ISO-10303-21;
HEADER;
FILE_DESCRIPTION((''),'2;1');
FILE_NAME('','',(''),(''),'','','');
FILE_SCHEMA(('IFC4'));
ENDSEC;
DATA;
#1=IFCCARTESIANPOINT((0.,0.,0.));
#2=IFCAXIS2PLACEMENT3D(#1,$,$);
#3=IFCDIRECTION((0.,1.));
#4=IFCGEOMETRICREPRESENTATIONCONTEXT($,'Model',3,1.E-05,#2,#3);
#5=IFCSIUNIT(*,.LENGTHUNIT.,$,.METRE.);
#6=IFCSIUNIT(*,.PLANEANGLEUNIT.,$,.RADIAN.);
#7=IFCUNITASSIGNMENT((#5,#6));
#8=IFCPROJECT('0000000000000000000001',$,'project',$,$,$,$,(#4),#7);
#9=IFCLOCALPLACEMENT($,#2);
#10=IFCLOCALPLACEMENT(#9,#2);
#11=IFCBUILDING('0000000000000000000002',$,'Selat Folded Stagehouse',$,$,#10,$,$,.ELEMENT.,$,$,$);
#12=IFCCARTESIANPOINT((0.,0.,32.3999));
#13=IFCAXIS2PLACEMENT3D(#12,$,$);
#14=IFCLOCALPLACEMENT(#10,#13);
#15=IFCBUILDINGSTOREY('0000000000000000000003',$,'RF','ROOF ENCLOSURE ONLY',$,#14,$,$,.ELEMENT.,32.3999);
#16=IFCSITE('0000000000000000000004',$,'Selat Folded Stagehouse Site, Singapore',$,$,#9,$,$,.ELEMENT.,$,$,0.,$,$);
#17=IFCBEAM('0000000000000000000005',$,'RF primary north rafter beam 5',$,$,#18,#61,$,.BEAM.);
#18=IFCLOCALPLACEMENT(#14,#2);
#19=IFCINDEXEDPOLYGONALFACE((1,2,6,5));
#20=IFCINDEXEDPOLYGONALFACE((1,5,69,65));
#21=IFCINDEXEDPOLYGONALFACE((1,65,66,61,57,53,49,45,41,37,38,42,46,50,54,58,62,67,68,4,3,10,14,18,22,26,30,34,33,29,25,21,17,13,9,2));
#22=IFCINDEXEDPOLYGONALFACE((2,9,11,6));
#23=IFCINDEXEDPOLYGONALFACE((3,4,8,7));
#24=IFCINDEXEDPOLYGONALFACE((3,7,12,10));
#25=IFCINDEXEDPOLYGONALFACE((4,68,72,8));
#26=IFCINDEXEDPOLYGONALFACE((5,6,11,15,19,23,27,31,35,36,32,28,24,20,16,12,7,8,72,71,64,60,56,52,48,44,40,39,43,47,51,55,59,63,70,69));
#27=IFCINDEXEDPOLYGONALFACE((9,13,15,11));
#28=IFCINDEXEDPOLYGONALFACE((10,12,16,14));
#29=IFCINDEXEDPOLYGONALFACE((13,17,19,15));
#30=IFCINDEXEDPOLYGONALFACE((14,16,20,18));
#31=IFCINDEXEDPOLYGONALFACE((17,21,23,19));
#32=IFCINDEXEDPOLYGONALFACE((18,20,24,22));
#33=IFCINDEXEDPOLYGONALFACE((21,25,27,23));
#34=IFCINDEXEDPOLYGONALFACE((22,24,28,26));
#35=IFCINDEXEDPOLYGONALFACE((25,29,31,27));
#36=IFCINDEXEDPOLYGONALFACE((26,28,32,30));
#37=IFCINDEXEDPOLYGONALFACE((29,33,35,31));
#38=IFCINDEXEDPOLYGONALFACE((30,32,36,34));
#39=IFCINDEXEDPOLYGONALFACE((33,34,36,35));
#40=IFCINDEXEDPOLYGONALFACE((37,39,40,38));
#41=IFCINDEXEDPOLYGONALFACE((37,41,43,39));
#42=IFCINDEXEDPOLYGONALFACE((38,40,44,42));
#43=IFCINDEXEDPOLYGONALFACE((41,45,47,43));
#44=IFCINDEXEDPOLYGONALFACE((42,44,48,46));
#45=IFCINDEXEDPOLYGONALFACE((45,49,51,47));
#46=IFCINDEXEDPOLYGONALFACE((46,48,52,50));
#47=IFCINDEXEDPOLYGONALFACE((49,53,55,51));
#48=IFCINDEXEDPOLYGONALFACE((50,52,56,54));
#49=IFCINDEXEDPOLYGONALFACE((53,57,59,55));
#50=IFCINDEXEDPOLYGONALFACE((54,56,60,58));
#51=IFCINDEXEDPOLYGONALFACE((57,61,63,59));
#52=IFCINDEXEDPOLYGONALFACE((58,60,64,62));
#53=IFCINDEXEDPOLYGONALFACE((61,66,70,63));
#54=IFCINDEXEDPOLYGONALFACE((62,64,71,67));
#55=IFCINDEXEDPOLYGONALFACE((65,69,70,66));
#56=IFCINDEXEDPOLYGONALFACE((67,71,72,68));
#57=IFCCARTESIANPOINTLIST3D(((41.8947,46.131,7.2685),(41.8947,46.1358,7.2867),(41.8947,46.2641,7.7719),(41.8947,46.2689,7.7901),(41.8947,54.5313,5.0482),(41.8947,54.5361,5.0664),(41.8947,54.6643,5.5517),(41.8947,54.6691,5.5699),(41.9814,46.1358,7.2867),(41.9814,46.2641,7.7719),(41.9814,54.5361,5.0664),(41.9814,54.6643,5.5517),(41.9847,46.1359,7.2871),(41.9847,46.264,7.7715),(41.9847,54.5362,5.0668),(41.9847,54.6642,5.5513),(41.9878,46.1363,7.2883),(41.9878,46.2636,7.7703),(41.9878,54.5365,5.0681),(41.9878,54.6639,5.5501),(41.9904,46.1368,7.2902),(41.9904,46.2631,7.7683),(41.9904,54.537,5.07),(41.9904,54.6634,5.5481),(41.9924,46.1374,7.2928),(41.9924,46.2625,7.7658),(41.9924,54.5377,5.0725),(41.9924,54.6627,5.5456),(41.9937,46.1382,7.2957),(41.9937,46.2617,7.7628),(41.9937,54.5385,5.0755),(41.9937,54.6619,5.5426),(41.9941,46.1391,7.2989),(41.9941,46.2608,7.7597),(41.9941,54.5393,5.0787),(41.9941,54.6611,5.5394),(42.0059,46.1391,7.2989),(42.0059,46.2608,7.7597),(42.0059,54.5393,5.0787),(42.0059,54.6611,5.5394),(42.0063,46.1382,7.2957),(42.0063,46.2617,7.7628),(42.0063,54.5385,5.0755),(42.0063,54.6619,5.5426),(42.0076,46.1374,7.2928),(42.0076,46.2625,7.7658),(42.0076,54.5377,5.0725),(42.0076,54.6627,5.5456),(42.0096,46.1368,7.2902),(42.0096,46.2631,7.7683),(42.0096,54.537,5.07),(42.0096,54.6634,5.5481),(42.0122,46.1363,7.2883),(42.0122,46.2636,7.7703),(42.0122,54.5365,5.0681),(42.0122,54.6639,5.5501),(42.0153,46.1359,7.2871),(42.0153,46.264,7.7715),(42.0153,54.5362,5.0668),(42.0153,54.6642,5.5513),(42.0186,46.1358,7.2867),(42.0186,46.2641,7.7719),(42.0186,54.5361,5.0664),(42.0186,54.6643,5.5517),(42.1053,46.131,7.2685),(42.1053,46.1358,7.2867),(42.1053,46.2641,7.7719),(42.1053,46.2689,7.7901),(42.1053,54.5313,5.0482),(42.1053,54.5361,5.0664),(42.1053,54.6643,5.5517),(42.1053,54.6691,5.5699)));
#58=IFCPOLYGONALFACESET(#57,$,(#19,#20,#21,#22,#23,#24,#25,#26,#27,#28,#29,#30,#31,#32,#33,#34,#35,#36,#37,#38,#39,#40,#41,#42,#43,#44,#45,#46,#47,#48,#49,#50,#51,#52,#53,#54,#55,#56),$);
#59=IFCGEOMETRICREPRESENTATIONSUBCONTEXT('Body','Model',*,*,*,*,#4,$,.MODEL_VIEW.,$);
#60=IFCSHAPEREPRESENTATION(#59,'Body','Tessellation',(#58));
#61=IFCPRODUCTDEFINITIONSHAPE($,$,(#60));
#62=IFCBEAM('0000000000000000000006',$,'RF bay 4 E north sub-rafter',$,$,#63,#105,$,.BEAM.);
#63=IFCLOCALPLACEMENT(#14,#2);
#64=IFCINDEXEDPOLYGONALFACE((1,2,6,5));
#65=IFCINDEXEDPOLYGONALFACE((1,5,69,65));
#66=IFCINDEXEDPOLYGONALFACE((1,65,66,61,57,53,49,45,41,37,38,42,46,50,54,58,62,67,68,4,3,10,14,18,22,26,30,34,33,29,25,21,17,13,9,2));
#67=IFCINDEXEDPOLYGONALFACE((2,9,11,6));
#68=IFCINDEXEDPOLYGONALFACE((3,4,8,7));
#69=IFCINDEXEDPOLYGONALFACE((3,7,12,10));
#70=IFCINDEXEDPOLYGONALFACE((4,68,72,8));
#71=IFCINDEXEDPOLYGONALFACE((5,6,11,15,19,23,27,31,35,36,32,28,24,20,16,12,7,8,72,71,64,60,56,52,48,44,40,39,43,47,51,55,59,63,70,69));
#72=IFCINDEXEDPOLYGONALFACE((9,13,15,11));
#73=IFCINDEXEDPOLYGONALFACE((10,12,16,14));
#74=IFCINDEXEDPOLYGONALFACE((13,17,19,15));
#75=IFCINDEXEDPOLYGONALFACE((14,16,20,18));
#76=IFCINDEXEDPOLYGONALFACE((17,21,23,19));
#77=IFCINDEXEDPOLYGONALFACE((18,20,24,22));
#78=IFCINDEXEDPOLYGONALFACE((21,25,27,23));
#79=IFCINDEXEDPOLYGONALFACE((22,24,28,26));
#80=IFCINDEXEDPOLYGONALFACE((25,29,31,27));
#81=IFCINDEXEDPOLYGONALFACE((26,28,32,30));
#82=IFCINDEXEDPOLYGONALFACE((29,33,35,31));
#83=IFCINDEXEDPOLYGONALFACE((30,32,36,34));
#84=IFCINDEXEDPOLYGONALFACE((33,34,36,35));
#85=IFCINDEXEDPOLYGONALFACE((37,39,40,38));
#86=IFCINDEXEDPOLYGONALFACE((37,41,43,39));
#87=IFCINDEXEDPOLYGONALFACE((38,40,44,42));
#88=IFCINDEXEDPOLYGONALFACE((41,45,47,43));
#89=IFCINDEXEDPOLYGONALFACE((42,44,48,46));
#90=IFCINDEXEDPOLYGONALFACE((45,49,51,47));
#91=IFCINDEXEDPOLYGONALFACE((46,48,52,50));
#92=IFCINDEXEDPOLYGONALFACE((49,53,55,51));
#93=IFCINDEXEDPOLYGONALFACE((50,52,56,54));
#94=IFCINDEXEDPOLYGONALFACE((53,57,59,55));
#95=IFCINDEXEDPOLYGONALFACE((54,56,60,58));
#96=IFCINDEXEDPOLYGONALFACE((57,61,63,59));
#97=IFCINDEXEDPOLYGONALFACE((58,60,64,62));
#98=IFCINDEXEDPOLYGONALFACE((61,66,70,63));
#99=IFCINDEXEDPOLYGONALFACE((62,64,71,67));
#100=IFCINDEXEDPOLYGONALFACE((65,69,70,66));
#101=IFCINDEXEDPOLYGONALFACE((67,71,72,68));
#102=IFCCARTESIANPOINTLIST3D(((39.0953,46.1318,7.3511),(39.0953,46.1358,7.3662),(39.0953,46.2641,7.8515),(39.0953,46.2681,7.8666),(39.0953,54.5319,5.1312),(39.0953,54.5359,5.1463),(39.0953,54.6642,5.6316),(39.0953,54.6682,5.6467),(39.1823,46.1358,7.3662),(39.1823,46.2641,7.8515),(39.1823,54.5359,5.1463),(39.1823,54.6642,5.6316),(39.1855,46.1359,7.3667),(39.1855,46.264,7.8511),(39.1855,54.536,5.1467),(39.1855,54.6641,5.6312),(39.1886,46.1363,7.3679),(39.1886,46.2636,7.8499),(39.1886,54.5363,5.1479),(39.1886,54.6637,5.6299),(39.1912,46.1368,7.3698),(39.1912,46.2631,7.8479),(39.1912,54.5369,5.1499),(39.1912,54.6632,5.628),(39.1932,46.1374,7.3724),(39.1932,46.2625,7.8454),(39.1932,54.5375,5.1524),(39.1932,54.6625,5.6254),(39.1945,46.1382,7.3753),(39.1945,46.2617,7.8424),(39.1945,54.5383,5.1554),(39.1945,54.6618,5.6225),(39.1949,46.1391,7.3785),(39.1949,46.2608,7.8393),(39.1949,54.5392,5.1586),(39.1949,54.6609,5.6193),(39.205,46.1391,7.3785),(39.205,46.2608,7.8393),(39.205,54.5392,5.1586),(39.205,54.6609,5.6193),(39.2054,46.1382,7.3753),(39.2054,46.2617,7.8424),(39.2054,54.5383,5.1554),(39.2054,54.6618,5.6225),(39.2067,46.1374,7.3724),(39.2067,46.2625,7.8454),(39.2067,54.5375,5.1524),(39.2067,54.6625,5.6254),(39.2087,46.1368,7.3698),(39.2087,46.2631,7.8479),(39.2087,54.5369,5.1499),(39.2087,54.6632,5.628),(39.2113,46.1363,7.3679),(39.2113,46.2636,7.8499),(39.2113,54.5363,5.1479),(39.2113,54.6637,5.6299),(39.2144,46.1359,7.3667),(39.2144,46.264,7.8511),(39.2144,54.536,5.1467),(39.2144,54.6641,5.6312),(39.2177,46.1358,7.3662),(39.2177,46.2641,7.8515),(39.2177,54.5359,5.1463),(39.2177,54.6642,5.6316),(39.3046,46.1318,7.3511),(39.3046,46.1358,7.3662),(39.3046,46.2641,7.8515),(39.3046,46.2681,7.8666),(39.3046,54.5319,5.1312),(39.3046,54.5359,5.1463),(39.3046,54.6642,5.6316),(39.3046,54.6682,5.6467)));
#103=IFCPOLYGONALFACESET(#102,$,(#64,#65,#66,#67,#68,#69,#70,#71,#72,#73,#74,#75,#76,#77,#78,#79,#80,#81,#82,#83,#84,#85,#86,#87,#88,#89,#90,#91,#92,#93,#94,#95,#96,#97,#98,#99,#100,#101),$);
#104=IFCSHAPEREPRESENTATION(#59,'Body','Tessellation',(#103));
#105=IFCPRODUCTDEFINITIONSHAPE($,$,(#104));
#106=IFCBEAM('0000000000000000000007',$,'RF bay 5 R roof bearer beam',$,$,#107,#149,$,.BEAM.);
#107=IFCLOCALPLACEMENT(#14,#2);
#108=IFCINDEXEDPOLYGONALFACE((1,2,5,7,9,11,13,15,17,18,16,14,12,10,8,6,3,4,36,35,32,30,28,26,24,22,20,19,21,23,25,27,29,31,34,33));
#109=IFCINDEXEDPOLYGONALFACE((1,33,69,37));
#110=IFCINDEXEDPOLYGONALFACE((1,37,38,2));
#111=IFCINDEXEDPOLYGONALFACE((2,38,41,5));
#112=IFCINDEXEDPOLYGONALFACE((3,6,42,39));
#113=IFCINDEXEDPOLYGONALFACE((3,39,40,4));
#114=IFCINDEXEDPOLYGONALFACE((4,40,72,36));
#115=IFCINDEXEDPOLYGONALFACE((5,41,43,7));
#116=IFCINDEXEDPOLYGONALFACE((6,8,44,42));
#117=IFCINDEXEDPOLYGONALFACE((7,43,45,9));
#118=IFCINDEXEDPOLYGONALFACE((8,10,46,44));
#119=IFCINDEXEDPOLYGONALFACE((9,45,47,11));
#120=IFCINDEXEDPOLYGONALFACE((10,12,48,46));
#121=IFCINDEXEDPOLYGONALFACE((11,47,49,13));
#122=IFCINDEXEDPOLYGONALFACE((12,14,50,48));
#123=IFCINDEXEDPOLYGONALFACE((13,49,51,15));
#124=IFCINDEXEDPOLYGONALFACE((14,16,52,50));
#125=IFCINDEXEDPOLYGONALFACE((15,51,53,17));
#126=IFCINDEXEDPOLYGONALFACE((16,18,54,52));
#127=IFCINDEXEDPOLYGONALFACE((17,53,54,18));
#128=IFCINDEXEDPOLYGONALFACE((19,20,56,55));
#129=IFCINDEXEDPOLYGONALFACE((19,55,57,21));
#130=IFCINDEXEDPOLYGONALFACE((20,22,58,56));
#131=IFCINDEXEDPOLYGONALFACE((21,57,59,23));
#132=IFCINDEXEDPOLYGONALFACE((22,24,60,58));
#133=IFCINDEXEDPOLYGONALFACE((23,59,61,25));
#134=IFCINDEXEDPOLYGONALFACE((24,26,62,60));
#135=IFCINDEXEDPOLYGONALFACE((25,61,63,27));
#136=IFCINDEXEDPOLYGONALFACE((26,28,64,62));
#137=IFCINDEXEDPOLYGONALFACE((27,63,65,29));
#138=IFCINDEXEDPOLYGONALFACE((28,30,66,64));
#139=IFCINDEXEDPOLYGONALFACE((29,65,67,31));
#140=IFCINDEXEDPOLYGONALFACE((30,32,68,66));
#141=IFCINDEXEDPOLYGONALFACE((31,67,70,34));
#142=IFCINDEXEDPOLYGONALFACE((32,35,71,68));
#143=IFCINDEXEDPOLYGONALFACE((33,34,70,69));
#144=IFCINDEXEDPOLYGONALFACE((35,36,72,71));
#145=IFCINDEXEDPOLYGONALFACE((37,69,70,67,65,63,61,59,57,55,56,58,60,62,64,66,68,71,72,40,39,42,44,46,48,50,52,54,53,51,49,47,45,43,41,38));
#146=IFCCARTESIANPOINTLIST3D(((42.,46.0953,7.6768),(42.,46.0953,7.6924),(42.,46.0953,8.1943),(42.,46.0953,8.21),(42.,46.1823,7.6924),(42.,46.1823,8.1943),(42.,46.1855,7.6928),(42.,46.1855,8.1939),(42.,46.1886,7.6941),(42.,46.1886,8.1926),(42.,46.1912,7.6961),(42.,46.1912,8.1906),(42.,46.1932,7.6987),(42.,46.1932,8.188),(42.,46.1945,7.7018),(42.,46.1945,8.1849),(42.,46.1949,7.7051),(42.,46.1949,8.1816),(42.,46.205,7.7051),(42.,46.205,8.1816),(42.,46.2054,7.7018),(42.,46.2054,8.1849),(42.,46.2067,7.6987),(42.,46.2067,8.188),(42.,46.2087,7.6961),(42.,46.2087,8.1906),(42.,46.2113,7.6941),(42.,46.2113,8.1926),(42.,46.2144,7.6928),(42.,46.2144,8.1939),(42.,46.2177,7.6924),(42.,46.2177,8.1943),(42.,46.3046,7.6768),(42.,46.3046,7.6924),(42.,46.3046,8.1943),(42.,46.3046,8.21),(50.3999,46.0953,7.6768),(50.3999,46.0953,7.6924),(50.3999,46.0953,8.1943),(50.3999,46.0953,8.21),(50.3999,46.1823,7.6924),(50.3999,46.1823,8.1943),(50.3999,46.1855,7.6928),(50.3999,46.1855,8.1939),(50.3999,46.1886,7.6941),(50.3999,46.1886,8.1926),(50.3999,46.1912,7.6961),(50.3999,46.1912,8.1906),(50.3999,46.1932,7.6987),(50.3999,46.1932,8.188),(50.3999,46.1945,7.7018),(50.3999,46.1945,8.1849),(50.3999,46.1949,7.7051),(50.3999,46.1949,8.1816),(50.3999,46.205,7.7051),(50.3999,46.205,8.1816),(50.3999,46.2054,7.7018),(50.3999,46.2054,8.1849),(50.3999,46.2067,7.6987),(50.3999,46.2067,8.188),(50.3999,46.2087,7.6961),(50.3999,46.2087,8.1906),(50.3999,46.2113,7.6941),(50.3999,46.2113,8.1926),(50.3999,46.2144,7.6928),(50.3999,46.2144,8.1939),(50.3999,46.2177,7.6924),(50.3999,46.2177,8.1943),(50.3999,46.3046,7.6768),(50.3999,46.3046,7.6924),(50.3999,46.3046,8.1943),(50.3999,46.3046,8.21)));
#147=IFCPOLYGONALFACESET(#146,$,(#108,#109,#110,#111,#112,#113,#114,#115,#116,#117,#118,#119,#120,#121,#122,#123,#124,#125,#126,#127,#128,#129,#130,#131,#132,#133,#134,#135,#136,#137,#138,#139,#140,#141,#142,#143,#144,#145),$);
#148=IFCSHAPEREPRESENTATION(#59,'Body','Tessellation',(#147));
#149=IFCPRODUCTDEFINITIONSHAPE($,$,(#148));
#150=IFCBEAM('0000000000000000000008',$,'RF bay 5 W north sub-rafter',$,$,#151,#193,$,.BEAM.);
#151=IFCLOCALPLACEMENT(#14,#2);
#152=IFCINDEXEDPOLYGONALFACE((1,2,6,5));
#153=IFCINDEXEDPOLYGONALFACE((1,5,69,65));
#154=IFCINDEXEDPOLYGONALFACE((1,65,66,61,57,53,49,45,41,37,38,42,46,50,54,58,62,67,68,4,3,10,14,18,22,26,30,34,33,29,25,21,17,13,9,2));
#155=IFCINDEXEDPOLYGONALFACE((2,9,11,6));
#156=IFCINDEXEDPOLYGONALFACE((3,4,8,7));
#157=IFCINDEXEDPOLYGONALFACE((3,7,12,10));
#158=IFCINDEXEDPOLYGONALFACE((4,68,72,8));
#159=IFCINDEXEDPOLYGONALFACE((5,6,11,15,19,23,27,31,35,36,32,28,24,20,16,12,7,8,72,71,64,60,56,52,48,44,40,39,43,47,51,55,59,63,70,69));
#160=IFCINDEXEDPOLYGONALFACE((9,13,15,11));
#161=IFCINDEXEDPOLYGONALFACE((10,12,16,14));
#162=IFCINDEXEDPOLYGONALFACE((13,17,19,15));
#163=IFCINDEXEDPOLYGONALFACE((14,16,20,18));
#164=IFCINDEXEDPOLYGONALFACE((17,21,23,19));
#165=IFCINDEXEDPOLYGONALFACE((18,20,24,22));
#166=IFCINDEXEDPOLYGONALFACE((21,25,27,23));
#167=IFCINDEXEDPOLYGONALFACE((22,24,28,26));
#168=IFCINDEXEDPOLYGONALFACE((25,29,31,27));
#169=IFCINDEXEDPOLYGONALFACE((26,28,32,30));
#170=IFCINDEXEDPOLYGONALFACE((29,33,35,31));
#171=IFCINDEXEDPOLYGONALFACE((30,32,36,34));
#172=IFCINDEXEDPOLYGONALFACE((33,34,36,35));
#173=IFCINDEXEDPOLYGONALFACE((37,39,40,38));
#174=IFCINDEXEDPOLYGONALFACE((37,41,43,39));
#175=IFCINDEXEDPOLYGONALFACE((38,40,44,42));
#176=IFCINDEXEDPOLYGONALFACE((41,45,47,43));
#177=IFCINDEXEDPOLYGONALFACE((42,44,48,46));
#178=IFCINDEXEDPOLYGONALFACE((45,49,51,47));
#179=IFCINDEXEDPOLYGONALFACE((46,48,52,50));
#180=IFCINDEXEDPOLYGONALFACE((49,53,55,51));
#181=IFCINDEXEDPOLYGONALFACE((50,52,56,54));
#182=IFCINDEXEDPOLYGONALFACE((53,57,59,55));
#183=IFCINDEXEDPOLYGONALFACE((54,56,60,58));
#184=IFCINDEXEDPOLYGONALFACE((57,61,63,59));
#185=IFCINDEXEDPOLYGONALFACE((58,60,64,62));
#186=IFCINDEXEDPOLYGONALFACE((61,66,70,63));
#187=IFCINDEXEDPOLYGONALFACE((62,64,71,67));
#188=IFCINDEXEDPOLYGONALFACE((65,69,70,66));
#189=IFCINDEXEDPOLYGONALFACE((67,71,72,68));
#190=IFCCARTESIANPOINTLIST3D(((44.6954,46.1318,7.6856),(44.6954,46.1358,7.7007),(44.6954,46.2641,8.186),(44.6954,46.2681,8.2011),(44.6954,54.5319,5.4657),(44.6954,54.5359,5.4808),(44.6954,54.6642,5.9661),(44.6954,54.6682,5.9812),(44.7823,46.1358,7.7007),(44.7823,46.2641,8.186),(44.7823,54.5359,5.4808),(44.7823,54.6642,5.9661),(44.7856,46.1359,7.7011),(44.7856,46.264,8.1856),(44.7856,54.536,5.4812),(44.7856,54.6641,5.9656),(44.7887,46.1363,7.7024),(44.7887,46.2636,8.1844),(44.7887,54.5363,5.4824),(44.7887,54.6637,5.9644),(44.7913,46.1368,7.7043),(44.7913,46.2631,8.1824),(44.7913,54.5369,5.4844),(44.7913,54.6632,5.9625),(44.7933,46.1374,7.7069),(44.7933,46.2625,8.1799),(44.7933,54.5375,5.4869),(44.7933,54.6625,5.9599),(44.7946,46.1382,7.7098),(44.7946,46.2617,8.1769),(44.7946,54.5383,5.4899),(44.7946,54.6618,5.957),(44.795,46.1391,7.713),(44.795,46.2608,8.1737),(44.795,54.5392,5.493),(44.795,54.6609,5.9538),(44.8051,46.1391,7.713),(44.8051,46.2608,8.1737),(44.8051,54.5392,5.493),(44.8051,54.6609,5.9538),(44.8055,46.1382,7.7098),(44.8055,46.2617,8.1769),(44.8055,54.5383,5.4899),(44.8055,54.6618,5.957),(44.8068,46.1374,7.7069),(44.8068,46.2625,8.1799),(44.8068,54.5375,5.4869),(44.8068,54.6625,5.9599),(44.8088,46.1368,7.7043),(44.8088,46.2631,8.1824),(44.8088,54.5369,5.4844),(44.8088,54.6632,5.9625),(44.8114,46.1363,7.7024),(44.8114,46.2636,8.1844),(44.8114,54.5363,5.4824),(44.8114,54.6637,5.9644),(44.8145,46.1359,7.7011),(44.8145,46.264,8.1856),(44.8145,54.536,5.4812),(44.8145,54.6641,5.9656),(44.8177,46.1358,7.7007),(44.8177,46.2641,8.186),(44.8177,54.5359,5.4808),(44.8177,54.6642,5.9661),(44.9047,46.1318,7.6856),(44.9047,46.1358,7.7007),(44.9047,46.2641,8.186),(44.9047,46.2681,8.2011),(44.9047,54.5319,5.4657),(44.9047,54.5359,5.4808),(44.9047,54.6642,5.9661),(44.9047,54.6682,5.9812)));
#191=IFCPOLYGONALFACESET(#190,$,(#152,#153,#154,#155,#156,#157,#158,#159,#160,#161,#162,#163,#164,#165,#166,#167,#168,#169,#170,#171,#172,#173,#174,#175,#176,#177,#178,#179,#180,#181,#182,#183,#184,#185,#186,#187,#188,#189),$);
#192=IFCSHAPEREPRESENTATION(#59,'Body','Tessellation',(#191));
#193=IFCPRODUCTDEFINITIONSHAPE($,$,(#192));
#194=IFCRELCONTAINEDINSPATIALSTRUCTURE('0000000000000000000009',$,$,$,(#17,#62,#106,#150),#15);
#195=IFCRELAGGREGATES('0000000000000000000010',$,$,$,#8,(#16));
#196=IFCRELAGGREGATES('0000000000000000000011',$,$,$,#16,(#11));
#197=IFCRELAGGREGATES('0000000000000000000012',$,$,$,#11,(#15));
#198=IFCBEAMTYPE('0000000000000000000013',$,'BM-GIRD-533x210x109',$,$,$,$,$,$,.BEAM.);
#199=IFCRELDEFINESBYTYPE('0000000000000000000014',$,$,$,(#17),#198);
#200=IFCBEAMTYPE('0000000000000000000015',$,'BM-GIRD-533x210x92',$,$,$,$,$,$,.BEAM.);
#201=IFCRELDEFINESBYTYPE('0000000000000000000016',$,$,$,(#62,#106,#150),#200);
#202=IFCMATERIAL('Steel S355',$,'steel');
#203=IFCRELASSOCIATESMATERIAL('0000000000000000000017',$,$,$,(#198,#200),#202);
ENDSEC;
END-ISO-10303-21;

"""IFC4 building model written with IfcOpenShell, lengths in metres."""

from ifc_helpers import new_model, si_unit, direction, frame, origin, origin_2d, place, context, subcontext, project, spatial, i_section, extrude, material, material_profile, profile_set, type_object, element, save


model = new_model("IFC4")

# Units and contexts
model_context = context("Model", 3, precision=1e-05, world=origin(), true_north=direction((0.0, 1.0)))
body_context = subcontext(model_context, "Body", "Model", "MODEL_VIEW")
ifc_project = project(units=[si_unit("LENGTHUNIT", "METRE"), si_unit("PLANEANGLEUNIT", "RADIAN")], contexts=[model_context])

# Site, building, storey
site_placement = place(None, origin())
site = spatial("IfcSite", under=ifc_project, at=site_placement, Name="Selat Folded Stagehouse Site, Singapore", CompositionType="ELEMENT", RefElevation=0.0)
building_placement = place(site_placement, origin())
building = spatial("IfcBuilding", under=site, at=building_placement, Name="Selat Folded Stagehouse", CompositionType="ELEMENT")
storey_placement = place(building_placement, frame((0.0, 0.0, 32.3999)))
storey = spatial("IfcBuildingStorey", under=building, at=storey_placement, Name="RF", Description="ROOF ENCLOSURE ONLY", CompositionType="ELEMENT", Elevation=32.3999)

# Beams
ifc_material_1 = material(Name="Steel S355", Category="steel")
ifc_material_profile_1 = material_profile(ifc_material_1, i_section(OverallWidth=0.2107, OverallDepth=0.5396, WebThickness=0.0117, FlangeThickness=0.0188, FilletRadius=0.0127, at=origin_2d()), Name="UKB 533x210x109")
ifc_profile_set_1 = profile_set([ifc_material_profile_1], Name="Steel S355")
beam_type_1 = type_object("IfcBeamType", Name="BM-GIRD-533x210x109", PredefinedType="BEAM", material=ifc_profile_set_1)
beam_1_placement = place(storey_placement, frame((42.0, 46.2, 7.5293), z_axis=(0.0, 0.966801, -0.255532), x_axis=(-1.0, 0.0, 0.0)))
element("IfcBeam", 1, at=beam_1_placement, inside=storey, type_object=beam_type_1, Name="RF primary north rafter beam 5", PredefinedType="BEAM", context=body_context, shape_type="SweptSolid", body=[
    extrude(i_section(OverallWidth=0.2107, OverallDepth=0.5396, WebThickness=0.0117, FlangeThickness=0.0188, FilletRadius=0.0127, at=origin_2d()), origin(), (0.0, 0.0, 1.0), 8.6887),
])
ifc_material_profile_2 = material_profile(ifc_material_1, i_section(OverallWidth=0.2092, OverallDepth=0.5332, WebThickness=0.01, FlangeThickness=0.0156, FilletRadius=0.0127, at=origin_2d()), Name="UKB 533x210x92")
ifc_profile_set_2 = profile_set([ifc_material_profile_2], Name="Steel S355")
beam_type_2 = type_object("IfcBeamType", Name="BM-GIRD-533x210x92", PredefinedType="BEAM", material=ifc_profile_set_2)
beam_2_placement = place(storey_placement, frame((39.2, 46.2, 7.6089), z_axis=(0.0, 0.966808, -0.255506), x_axis=(-1.0, 0.0, 0.0)))
element("IfcBeam", 2, at=beam_2_placement, inside=storey, type_object=beam_type_2, Name="RF bay 4 E north sub-rafter", PredefinedType="BEAM", context=body_context, shape_type="SweptSolid", body=[
    extrude(i_section(OverallWidth=0.2092, OverallDepth=0.5332, WebThickness=0.01, FlangeThickness=0.0156, FilletRadius=0.0127, at=origin_2d()), origin(), (0.0, 0.0, 1.0), 8.6885),
])
beam_3_placement = place(storey_placement, frame((42.0, 46.2, 7.9434), z_axis=(1.0, 0.0, 0.0), x_axis=(0.0, 1.0, 0.0)))
element("IfcBeam", 3, at=beam_3_placement, inside=storey, type_object=beam_type_2, Name="RF bay 5 R roof bearer beam", PredefinedType="BEAM", context=body_context, shape_type="SweptSolid", body=[
    extrude(i_section(OverallWidth=0.2092, OverallDepth=0.5332, WebThickness=0.01, FlangeThickness=0.0156, FilletRadius=0.0127, at=origin_2d()), origin(), (0.0, 0.0, 1.0), 8.3999),
])
for number, where, z_axis, x_axis, name in (
    (4, (44.8, 46.2, 7.9434), (0.0, 0.966808, -0.255506), (-1.0, 0.0, 0.0), "RF bay 5 W north sub-rafter"),
):
    element("IfcBeam", number, at=place(storey_placement, frame(where, z_axis=z_axis, x_axis=x_axis)), inside=storey, type_object=beam_type_2, Name=name, PredefinedType="BEAM", context=body_context, shape_type="SweptSolid", body=[
        extrude(i_section(OverallWidth=0.2092, OverallDepth=0.5332, WebThickness=0.01, FlangeThickness=0.0156, FilletRadius=0.0127, at=origin_2d()), origin(), (0.0, 0.0, 1.0), 8.6885),
    ])

save(model, "model.ifc")
